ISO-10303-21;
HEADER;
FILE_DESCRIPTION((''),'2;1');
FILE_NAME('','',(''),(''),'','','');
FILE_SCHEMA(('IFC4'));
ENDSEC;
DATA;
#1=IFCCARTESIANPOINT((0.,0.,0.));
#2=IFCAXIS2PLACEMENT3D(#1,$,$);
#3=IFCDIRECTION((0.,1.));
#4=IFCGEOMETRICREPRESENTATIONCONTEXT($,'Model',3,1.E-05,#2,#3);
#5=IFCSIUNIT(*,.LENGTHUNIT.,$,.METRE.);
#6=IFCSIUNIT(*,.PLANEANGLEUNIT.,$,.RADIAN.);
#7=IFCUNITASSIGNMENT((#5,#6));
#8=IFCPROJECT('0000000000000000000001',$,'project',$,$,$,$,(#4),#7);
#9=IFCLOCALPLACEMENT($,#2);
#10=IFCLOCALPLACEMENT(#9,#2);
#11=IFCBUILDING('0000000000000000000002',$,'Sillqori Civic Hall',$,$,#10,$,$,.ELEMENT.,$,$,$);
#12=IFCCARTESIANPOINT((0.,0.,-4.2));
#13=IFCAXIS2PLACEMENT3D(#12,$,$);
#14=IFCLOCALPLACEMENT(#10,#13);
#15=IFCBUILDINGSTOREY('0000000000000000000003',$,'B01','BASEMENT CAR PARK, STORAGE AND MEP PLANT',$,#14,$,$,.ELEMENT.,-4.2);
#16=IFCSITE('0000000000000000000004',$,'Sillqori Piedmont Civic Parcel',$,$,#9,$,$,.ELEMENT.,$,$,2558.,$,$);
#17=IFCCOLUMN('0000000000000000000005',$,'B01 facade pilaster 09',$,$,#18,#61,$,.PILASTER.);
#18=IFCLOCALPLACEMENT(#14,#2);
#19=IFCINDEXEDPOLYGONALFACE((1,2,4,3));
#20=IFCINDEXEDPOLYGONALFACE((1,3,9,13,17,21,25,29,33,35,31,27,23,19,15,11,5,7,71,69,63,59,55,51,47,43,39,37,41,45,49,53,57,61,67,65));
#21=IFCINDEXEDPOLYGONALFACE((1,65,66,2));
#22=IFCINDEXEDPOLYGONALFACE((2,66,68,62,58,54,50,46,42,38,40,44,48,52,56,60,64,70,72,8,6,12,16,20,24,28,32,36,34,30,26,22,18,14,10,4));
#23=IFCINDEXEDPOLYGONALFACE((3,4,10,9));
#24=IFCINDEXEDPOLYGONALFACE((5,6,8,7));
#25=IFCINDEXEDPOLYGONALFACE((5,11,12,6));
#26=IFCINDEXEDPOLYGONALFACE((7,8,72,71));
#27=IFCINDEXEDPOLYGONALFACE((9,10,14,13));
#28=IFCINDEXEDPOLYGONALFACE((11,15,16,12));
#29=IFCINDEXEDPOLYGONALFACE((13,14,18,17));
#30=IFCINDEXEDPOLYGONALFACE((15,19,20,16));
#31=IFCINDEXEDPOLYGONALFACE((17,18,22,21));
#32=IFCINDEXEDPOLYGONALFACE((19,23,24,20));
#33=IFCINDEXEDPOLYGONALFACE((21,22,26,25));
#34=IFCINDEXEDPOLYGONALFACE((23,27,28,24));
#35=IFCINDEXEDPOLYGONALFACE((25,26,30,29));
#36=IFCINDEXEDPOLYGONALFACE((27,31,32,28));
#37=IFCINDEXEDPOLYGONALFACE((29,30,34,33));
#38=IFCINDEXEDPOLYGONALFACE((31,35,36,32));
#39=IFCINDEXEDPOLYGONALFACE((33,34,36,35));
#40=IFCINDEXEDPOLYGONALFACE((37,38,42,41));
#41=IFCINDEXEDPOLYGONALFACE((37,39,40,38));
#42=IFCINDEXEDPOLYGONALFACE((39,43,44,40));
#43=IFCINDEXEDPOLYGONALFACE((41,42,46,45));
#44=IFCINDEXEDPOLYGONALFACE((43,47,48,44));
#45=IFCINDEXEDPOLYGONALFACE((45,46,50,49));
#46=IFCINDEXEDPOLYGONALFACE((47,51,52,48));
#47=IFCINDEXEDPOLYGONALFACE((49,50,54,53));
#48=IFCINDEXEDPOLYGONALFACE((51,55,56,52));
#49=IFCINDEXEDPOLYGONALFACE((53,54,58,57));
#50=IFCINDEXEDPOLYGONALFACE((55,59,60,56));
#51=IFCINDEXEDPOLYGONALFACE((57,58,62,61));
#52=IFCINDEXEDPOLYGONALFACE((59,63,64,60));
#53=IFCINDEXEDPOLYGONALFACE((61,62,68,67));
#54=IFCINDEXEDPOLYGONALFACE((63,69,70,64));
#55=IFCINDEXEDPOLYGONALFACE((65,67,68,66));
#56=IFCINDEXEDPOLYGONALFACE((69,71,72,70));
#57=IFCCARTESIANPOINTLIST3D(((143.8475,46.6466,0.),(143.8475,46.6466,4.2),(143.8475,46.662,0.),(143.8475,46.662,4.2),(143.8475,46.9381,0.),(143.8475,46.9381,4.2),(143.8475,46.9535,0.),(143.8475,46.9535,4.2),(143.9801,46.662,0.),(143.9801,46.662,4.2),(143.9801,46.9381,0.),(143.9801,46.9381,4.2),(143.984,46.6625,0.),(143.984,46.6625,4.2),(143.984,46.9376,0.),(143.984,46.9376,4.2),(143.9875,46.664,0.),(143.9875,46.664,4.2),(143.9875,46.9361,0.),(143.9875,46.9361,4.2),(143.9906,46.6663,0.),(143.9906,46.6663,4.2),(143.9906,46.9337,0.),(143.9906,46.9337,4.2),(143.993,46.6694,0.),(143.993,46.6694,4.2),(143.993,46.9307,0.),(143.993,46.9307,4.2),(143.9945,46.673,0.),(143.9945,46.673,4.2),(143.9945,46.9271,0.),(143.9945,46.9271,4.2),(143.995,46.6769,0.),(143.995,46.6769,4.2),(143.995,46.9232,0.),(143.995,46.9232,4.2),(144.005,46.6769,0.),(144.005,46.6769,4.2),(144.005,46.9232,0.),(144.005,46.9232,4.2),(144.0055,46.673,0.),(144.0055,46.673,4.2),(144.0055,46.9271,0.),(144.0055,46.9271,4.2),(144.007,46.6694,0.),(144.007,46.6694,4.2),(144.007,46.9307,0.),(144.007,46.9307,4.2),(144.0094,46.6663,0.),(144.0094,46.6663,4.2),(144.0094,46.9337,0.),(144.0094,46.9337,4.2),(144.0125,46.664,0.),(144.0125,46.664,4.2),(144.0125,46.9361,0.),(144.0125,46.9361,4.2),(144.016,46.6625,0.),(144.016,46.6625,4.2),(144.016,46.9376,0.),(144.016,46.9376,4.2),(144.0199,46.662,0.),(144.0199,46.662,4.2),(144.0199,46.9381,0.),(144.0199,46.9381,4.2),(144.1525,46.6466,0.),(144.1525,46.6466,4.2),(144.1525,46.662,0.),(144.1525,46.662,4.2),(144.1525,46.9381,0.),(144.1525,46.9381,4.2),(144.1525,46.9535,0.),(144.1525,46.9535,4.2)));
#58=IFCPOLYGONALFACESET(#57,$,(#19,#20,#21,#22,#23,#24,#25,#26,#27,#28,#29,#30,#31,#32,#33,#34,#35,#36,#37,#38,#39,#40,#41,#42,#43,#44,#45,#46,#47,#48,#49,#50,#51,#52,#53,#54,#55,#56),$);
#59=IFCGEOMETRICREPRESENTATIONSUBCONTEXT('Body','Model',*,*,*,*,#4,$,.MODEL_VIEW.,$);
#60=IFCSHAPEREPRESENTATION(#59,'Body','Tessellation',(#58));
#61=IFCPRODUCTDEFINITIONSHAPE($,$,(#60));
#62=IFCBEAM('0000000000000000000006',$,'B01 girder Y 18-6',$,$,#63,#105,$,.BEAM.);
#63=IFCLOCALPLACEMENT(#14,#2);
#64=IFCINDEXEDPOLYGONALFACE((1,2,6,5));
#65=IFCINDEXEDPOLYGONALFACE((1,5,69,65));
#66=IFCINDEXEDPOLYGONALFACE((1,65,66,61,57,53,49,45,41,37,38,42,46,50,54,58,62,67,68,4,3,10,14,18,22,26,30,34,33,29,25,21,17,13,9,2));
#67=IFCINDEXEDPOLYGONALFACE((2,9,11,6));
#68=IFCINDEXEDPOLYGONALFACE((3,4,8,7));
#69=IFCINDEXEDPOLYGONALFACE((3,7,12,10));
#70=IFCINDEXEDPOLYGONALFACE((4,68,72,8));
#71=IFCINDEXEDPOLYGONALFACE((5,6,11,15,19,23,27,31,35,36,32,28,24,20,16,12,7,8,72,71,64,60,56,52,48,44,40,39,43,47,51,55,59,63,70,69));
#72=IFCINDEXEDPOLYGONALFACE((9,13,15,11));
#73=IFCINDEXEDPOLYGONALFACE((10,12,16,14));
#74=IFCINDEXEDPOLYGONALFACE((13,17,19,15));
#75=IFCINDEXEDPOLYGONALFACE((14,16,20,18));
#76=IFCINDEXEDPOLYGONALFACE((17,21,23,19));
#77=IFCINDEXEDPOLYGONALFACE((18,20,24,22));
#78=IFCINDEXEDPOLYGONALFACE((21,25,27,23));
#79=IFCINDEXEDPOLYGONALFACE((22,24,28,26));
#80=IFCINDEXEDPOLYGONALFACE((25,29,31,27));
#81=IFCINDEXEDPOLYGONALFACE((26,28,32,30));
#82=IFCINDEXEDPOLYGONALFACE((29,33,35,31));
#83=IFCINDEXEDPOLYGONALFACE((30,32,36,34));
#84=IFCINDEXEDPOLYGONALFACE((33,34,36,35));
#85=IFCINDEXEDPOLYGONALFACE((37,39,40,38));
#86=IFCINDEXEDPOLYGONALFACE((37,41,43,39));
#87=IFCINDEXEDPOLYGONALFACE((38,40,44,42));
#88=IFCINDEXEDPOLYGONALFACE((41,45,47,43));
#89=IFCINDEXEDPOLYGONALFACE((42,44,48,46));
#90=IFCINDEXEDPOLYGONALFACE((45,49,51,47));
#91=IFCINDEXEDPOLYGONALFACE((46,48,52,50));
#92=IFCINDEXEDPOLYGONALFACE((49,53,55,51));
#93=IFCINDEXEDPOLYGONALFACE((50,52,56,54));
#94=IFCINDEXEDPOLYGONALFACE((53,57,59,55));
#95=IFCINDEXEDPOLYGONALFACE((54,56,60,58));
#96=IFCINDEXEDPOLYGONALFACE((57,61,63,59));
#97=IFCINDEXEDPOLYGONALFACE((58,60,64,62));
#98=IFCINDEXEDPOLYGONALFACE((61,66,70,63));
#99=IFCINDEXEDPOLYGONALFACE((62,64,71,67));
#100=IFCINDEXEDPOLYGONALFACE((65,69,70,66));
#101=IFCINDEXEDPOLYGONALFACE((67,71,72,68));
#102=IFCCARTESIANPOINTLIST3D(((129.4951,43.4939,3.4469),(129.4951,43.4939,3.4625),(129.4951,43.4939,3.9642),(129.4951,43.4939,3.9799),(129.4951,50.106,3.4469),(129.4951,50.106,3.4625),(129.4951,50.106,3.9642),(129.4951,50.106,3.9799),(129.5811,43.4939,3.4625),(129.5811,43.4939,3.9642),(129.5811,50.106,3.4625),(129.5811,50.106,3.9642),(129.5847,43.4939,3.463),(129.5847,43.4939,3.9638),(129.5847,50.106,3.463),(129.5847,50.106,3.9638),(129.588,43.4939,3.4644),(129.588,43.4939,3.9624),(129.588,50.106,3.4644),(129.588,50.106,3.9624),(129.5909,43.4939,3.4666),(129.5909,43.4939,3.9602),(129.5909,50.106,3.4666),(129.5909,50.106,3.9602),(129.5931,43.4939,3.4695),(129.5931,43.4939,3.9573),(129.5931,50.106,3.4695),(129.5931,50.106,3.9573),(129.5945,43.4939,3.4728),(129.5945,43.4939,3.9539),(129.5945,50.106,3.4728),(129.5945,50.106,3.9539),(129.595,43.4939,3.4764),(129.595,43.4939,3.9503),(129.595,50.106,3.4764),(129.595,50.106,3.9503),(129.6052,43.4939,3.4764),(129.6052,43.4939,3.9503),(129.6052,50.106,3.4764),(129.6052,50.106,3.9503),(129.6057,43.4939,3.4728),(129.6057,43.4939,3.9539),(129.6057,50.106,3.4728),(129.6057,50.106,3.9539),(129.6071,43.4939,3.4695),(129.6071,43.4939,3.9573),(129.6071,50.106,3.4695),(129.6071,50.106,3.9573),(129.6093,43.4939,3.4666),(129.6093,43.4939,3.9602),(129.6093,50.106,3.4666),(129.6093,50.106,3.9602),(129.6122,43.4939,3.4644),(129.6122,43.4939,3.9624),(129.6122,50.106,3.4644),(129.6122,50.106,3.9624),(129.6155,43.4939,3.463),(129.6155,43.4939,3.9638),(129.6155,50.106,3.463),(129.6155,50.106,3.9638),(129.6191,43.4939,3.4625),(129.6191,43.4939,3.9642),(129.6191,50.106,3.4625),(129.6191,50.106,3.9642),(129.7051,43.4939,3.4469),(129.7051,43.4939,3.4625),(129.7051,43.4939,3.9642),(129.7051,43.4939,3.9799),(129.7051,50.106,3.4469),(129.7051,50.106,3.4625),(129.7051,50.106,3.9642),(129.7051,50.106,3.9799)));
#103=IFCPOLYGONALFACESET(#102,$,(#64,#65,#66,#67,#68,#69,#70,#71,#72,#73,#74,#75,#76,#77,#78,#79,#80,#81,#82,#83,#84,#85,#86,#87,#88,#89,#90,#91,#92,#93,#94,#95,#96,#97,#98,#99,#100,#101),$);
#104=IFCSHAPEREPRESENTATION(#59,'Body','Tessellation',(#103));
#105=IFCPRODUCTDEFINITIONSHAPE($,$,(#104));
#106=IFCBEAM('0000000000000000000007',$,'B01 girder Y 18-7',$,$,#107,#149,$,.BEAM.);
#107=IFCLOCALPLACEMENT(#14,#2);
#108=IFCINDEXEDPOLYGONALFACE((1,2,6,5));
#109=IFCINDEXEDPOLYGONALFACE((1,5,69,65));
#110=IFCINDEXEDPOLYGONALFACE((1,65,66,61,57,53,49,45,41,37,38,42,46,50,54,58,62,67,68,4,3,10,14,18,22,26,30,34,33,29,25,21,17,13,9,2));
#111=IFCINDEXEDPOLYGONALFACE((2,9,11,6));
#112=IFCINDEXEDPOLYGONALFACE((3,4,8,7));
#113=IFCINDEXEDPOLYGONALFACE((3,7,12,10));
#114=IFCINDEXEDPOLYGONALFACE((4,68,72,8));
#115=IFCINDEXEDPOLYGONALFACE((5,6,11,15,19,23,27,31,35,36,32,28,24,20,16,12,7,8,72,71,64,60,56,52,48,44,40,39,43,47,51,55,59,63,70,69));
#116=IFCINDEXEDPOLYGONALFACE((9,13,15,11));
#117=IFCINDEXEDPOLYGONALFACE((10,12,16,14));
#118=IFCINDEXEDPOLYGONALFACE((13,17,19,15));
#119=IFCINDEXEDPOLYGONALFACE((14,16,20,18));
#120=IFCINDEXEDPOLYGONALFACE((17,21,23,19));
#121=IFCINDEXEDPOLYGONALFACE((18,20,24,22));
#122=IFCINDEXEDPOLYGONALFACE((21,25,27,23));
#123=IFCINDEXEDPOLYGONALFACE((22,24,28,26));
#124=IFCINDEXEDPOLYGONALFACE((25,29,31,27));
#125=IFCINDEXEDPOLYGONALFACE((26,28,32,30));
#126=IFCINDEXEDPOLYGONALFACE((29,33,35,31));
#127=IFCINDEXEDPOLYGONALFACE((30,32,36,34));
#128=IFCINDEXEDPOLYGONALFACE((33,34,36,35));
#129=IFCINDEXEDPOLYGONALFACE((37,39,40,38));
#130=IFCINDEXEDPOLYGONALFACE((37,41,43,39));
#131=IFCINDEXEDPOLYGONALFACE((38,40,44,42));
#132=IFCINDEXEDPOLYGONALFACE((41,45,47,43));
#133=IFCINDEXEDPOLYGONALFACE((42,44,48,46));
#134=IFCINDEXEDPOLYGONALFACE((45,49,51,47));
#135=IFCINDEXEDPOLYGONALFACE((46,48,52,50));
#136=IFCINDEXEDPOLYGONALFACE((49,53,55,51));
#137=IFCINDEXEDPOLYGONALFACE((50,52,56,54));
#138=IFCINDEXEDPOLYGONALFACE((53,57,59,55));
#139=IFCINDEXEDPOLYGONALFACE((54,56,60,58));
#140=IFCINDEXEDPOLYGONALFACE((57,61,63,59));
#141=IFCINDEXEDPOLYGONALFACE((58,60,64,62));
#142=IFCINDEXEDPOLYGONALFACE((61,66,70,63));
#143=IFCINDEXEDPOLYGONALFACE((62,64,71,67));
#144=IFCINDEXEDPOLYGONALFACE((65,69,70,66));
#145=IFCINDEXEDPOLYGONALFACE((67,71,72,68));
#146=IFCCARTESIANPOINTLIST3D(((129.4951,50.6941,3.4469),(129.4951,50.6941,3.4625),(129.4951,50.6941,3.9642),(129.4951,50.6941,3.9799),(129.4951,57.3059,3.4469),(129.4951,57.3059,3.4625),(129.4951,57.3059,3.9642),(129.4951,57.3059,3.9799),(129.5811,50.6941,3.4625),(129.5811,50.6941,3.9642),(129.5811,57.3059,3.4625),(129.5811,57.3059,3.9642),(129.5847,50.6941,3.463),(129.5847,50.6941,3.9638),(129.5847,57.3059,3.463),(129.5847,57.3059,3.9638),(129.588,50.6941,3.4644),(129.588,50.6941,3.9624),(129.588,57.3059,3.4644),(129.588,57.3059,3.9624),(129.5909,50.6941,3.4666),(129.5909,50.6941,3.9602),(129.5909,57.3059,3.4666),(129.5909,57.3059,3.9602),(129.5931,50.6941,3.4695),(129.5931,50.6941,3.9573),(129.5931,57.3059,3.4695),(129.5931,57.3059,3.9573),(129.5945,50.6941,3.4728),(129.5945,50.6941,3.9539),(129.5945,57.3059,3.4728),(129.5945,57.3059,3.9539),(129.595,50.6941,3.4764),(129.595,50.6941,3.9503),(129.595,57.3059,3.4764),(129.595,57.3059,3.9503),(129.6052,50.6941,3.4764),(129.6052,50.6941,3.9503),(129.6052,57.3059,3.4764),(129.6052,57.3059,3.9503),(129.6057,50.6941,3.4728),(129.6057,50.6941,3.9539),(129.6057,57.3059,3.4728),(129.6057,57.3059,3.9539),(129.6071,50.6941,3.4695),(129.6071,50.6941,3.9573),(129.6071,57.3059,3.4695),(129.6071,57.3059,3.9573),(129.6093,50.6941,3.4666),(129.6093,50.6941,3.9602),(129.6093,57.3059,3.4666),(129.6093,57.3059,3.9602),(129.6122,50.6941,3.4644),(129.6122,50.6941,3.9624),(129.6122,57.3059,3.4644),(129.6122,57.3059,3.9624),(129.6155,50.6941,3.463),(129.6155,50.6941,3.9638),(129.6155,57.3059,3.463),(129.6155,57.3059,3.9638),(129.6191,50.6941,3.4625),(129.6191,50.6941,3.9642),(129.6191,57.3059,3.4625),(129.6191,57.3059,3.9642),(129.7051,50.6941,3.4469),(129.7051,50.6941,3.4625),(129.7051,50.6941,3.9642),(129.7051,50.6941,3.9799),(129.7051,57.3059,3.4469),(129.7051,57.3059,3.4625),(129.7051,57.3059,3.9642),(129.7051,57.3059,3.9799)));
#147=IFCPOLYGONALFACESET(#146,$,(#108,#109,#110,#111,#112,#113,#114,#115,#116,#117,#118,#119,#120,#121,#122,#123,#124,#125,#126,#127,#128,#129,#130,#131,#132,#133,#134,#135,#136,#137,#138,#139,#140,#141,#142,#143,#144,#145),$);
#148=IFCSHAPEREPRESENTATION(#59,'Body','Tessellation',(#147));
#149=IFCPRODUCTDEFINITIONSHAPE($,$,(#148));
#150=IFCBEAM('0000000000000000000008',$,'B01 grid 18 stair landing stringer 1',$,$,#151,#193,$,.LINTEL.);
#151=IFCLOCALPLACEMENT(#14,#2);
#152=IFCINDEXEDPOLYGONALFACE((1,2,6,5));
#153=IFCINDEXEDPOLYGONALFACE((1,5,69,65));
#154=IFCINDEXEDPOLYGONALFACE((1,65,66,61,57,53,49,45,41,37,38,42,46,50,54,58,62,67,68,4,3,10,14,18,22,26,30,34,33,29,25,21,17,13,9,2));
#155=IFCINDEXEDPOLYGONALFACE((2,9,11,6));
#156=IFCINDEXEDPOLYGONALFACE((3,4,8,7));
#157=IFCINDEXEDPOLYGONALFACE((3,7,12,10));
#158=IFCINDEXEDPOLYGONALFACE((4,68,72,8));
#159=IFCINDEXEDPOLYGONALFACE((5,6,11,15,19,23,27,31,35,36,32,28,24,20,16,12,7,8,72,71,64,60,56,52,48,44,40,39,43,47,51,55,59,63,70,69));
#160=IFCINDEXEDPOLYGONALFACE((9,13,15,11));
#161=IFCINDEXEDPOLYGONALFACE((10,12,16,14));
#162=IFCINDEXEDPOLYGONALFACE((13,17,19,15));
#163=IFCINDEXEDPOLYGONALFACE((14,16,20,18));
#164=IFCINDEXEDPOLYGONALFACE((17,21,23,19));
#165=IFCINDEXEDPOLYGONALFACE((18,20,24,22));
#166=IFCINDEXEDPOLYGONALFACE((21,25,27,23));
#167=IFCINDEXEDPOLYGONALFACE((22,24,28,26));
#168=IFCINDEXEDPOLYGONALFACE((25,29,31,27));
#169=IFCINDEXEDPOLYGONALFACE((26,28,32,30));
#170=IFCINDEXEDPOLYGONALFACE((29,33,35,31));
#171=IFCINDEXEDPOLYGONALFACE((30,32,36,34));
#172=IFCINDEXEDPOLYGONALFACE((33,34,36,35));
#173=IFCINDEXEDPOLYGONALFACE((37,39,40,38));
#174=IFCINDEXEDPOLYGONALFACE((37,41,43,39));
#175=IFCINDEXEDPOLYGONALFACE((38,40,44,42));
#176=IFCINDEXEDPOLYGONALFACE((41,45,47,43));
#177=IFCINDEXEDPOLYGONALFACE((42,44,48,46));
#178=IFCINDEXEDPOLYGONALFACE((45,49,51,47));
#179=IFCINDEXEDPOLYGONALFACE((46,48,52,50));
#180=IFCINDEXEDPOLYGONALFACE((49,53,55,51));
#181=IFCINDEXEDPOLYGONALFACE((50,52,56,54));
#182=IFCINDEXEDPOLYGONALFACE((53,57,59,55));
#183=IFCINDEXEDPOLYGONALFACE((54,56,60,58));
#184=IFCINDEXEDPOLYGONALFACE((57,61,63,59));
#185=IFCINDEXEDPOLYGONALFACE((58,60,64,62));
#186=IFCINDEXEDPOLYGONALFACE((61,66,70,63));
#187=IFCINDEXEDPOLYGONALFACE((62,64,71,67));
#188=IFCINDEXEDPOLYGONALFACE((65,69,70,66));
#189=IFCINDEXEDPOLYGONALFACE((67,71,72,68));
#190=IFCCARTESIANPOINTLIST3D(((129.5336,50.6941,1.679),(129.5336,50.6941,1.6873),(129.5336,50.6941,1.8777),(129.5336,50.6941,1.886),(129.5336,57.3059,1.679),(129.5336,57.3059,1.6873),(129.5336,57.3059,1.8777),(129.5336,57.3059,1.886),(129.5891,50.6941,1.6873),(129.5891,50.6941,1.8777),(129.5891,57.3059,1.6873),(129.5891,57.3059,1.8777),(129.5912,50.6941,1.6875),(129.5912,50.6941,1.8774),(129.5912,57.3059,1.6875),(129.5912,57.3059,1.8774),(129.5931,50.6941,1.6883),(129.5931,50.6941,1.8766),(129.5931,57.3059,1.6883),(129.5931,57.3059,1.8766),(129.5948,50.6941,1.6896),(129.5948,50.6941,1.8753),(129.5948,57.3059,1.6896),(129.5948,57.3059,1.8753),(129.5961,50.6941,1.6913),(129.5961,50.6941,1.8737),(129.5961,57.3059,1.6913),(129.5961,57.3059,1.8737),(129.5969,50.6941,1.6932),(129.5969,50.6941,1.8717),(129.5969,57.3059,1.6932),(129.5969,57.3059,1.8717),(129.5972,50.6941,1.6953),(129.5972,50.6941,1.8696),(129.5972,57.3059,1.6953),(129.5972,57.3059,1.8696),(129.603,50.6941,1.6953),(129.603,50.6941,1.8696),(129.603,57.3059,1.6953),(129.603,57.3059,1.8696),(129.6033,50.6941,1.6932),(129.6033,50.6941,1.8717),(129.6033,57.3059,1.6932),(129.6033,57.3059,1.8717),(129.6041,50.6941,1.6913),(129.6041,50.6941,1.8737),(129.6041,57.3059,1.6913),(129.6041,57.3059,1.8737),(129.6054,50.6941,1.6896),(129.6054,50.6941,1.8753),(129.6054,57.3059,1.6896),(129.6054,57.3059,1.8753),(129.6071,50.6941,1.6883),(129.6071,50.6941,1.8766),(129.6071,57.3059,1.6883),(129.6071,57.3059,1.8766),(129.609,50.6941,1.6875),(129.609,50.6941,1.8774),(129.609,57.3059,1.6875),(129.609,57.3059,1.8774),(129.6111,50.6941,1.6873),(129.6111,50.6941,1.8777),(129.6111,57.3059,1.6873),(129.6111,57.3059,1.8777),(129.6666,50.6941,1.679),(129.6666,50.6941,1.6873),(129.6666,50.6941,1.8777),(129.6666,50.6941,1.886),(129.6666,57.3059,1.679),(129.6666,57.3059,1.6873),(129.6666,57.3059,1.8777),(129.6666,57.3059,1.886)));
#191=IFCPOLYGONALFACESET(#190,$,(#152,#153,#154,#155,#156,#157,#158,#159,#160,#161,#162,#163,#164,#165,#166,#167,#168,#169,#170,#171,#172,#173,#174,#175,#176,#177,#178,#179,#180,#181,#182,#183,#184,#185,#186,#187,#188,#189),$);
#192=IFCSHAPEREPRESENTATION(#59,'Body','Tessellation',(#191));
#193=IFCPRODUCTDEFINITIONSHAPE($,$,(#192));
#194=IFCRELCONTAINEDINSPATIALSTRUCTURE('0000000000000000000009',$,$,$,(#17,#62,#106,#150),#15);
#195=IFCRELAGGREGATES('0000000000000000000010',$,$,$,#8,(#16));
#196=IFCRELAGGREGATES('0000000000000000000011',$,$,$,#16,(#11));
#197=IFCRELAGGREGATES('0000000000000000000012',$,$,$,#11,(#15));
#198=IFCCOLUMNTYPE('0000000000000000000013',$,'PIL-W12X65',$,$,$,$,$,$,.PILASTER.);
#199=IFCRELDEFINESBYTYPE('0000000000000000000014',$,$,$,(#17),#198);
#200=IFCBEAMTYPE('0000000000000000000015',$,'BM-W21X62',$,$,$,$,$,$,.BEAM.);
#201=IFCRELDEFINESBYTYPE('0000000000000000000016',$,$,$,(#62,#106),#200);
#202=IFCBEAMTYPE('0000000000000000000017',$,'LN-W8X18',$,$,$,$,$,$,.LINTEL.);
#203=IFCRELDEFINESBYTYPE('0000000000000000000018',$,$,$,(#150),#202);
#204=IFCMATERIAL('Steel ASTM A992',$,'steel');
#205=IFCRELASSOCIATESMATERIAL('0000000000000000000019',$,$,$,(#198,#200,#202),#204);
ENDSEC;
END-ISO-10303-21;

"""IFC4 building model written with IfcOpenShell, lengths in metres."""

from ifc_helpers import new_model, si_unit, direction, frame, origin, origin_2d, place, context, subcontext, project, spatial, i_section, extrude, material, material_profile, profile_set, type_object, element, save


model = new_model("IFC4")

# Units and contexts
model_context = context("Model", 3, precision=1e-05, world=origin(), true_north=direction((0.0, 1.0)))
body_context = subcontext(model_context, "Body", "Model", "MODEL_VIEW")
ifc_project = project(units=[si_unit("LENGTHUNIT", "METRE"), si_unit("PLANEANGLEUNIT", "RADIAN")], contexts=[model_context])

# Site, building, storey
site_placement = place(None, origin())
site = spatial("IfcSite", under=ifc_project, at=site_placement, Name="Sillqori Piedmont Civic Parcel", CompositionType="ELEMENT", RefElevation=2558.0)
building_placement = place(site_placement, origin())
building = spatial("IfcBuilding", under=site, at=building_placement, Name="Sillqori Civic Hall", CompositionType="ELEMENT")
storey_placement = place(building_placement, frame((0.0, 0.0, -4.2)))
storey = spatial("IfcBuildingStorey", under=building, at=storey_placement, Name="B01", Description="BASEMENT CAR PARK, STORAGE AND MEP PLANT", CompositionType="ELEMENT", Elevation=-4.2)

# Column
ifc_material_1 = material(Name="Steel ASTM A992", Category="steel")
ifc_material_profile_1 = material_profile(ifc_material_1, i_section(OverallWidth=0.3049, OverallDepth=0.3069, WebThickness=0.01, FlangeThickness=0.0154, FilletRadius=0.0149, at=origin_2d()), Name="W12X65")
ifc_profile_set_1 = profile_set([ifc_material_profile_1], Name="Steel ASTM A992")
column_type_1 = type_object("IfcColumnType", Name="PIL-W12X65", PredefinedType="PILASTER", material=ifc_profile_set_1)
column_placement = place(storey_placement, frame((144.0, 46.8, 0.0), z_axis=(0.0, 0.0, 1.0), x_axis=(1.0, 0.0, 0.0)))
element("IfcColumn", 1, at=column_placement, inside=storey, type_object=column_type_1, Name="B01 facade pilaster 09", PredefinedType="PILASTER", context=body_context, shape_type="SweptSolid", body=[
    extrude(i_section(OverallWidth=0.3049, OverallDepth=0.3069, WebThickness=0.01, FlangeThickness=0.0154, FilletRadius=0.0149, at=origin_2d()), origin(), (0.0, 0.0, 1.0), 4.2),
])

# Beams
ifc_material_profile_2 = material_profile(ifc_material_1, i_section(OverallWidth=0.21, OverallDepth=0.533, WebThickness=0.0103, FlangeThickness=0.0156, FilletRadius=0.0139, at=origin_2d()), Name="W21X62")
ifc_profile_set_2 = profile_set([ifc_material_profile_2], Name="Steel ASTM A992")
beam_type_1 = type_object("IfcBeamType", Name="BM-W21X62", PredefinedType="BEAM", material=ifc_profile_set_2)
beam_1_placement = place(storey_placement, frame((129.6001, 43.4939, 3.7134), z_axis=(0.0, 1.0, 0.0), x_axis=(-1.0, 0.0, 0.0)))
element("IfcBeam", 2, at=beam_1_placement, inside=storey, type_object=beam_type_1, Name="B01 girder Y 18-6", PredefinedType="BEAM", context=body_context, shape_type="SweptSolid", body=[
    extrude(i_section(OverallWidth=0.21, OverallDepth=0.533, WebThickness=0.0103, FlangeThickness=0.0156, FilletRadius=0.0139, at=origin_2d()), origin(), (0.0, 0.0, 1.0), 6.6121),
])
beam_2_placement = place(storey_placement, frame((129.6001, 50.6941, 3.7134), z_axis=(0.0, 1.0, 0.0), x_axis=(-1.0, 0.0, 0.0)))
element("IfcBeam", 3, at=beam_2_placement, inside=storey, type_object=beam_type_1, Name="B01 girder Y 18-7", PredefinedType="BEAM", context=body_context, shape_type="SweptSolid", body=[
    extrude(i_section(OverallWidth=0.21, OverallDepth=0.533, WebThickness=0.0103, FlangeThickness=0.0156, FilletRadius=0.0139, at=origin_2d()), origin(), (0.0, 0.0, 1.0), 6.6118),
])
ifc_material_profile_3 = material_profile(ifc_material_1, i_section(OverallWidth=0.1331, OverallDepth=0.207, WebThickness=0.0059, FlangeThickness=0.0083, FilletRadius=0.0081, at=origin_2d()), Name="W8X18")
ifc_profile_set_3 = profile_set([ifc_material_profile_3], Name="Steel ASTM A992")
beam_type_2 = type_object("IfcBeamType", Name="LN-W8X18", PredefinedType="LINTEL", material=ifc_profile_set_3)
beam_3_placement = place(storey_placement, frame((129.6001, 50.6941, 1.7825), z_axis=(0.0, 1.0, 0.0), x_axis=(-1.0, 0.0, 0.0)))
element("IfcBeam", 4, at=beam_3_placement, inside=storey, type_object=beam_type_2, Name="B01 grid 18 stair landing stringer 1", PredefinedType="LINTEL", context=body_context, shape_type="SweptSolid", body=[
    extrude(i_section(OverallWidth=0.1331, OverallDepth=0.207, WebThickness=0.0059, FlangeThickness=0.0083, FilletRadius=0.0081, at=origin_2d()), origin(), (0.0, 0.0, 1.0), 6.6118),
])

save(model, "model.ifc")
